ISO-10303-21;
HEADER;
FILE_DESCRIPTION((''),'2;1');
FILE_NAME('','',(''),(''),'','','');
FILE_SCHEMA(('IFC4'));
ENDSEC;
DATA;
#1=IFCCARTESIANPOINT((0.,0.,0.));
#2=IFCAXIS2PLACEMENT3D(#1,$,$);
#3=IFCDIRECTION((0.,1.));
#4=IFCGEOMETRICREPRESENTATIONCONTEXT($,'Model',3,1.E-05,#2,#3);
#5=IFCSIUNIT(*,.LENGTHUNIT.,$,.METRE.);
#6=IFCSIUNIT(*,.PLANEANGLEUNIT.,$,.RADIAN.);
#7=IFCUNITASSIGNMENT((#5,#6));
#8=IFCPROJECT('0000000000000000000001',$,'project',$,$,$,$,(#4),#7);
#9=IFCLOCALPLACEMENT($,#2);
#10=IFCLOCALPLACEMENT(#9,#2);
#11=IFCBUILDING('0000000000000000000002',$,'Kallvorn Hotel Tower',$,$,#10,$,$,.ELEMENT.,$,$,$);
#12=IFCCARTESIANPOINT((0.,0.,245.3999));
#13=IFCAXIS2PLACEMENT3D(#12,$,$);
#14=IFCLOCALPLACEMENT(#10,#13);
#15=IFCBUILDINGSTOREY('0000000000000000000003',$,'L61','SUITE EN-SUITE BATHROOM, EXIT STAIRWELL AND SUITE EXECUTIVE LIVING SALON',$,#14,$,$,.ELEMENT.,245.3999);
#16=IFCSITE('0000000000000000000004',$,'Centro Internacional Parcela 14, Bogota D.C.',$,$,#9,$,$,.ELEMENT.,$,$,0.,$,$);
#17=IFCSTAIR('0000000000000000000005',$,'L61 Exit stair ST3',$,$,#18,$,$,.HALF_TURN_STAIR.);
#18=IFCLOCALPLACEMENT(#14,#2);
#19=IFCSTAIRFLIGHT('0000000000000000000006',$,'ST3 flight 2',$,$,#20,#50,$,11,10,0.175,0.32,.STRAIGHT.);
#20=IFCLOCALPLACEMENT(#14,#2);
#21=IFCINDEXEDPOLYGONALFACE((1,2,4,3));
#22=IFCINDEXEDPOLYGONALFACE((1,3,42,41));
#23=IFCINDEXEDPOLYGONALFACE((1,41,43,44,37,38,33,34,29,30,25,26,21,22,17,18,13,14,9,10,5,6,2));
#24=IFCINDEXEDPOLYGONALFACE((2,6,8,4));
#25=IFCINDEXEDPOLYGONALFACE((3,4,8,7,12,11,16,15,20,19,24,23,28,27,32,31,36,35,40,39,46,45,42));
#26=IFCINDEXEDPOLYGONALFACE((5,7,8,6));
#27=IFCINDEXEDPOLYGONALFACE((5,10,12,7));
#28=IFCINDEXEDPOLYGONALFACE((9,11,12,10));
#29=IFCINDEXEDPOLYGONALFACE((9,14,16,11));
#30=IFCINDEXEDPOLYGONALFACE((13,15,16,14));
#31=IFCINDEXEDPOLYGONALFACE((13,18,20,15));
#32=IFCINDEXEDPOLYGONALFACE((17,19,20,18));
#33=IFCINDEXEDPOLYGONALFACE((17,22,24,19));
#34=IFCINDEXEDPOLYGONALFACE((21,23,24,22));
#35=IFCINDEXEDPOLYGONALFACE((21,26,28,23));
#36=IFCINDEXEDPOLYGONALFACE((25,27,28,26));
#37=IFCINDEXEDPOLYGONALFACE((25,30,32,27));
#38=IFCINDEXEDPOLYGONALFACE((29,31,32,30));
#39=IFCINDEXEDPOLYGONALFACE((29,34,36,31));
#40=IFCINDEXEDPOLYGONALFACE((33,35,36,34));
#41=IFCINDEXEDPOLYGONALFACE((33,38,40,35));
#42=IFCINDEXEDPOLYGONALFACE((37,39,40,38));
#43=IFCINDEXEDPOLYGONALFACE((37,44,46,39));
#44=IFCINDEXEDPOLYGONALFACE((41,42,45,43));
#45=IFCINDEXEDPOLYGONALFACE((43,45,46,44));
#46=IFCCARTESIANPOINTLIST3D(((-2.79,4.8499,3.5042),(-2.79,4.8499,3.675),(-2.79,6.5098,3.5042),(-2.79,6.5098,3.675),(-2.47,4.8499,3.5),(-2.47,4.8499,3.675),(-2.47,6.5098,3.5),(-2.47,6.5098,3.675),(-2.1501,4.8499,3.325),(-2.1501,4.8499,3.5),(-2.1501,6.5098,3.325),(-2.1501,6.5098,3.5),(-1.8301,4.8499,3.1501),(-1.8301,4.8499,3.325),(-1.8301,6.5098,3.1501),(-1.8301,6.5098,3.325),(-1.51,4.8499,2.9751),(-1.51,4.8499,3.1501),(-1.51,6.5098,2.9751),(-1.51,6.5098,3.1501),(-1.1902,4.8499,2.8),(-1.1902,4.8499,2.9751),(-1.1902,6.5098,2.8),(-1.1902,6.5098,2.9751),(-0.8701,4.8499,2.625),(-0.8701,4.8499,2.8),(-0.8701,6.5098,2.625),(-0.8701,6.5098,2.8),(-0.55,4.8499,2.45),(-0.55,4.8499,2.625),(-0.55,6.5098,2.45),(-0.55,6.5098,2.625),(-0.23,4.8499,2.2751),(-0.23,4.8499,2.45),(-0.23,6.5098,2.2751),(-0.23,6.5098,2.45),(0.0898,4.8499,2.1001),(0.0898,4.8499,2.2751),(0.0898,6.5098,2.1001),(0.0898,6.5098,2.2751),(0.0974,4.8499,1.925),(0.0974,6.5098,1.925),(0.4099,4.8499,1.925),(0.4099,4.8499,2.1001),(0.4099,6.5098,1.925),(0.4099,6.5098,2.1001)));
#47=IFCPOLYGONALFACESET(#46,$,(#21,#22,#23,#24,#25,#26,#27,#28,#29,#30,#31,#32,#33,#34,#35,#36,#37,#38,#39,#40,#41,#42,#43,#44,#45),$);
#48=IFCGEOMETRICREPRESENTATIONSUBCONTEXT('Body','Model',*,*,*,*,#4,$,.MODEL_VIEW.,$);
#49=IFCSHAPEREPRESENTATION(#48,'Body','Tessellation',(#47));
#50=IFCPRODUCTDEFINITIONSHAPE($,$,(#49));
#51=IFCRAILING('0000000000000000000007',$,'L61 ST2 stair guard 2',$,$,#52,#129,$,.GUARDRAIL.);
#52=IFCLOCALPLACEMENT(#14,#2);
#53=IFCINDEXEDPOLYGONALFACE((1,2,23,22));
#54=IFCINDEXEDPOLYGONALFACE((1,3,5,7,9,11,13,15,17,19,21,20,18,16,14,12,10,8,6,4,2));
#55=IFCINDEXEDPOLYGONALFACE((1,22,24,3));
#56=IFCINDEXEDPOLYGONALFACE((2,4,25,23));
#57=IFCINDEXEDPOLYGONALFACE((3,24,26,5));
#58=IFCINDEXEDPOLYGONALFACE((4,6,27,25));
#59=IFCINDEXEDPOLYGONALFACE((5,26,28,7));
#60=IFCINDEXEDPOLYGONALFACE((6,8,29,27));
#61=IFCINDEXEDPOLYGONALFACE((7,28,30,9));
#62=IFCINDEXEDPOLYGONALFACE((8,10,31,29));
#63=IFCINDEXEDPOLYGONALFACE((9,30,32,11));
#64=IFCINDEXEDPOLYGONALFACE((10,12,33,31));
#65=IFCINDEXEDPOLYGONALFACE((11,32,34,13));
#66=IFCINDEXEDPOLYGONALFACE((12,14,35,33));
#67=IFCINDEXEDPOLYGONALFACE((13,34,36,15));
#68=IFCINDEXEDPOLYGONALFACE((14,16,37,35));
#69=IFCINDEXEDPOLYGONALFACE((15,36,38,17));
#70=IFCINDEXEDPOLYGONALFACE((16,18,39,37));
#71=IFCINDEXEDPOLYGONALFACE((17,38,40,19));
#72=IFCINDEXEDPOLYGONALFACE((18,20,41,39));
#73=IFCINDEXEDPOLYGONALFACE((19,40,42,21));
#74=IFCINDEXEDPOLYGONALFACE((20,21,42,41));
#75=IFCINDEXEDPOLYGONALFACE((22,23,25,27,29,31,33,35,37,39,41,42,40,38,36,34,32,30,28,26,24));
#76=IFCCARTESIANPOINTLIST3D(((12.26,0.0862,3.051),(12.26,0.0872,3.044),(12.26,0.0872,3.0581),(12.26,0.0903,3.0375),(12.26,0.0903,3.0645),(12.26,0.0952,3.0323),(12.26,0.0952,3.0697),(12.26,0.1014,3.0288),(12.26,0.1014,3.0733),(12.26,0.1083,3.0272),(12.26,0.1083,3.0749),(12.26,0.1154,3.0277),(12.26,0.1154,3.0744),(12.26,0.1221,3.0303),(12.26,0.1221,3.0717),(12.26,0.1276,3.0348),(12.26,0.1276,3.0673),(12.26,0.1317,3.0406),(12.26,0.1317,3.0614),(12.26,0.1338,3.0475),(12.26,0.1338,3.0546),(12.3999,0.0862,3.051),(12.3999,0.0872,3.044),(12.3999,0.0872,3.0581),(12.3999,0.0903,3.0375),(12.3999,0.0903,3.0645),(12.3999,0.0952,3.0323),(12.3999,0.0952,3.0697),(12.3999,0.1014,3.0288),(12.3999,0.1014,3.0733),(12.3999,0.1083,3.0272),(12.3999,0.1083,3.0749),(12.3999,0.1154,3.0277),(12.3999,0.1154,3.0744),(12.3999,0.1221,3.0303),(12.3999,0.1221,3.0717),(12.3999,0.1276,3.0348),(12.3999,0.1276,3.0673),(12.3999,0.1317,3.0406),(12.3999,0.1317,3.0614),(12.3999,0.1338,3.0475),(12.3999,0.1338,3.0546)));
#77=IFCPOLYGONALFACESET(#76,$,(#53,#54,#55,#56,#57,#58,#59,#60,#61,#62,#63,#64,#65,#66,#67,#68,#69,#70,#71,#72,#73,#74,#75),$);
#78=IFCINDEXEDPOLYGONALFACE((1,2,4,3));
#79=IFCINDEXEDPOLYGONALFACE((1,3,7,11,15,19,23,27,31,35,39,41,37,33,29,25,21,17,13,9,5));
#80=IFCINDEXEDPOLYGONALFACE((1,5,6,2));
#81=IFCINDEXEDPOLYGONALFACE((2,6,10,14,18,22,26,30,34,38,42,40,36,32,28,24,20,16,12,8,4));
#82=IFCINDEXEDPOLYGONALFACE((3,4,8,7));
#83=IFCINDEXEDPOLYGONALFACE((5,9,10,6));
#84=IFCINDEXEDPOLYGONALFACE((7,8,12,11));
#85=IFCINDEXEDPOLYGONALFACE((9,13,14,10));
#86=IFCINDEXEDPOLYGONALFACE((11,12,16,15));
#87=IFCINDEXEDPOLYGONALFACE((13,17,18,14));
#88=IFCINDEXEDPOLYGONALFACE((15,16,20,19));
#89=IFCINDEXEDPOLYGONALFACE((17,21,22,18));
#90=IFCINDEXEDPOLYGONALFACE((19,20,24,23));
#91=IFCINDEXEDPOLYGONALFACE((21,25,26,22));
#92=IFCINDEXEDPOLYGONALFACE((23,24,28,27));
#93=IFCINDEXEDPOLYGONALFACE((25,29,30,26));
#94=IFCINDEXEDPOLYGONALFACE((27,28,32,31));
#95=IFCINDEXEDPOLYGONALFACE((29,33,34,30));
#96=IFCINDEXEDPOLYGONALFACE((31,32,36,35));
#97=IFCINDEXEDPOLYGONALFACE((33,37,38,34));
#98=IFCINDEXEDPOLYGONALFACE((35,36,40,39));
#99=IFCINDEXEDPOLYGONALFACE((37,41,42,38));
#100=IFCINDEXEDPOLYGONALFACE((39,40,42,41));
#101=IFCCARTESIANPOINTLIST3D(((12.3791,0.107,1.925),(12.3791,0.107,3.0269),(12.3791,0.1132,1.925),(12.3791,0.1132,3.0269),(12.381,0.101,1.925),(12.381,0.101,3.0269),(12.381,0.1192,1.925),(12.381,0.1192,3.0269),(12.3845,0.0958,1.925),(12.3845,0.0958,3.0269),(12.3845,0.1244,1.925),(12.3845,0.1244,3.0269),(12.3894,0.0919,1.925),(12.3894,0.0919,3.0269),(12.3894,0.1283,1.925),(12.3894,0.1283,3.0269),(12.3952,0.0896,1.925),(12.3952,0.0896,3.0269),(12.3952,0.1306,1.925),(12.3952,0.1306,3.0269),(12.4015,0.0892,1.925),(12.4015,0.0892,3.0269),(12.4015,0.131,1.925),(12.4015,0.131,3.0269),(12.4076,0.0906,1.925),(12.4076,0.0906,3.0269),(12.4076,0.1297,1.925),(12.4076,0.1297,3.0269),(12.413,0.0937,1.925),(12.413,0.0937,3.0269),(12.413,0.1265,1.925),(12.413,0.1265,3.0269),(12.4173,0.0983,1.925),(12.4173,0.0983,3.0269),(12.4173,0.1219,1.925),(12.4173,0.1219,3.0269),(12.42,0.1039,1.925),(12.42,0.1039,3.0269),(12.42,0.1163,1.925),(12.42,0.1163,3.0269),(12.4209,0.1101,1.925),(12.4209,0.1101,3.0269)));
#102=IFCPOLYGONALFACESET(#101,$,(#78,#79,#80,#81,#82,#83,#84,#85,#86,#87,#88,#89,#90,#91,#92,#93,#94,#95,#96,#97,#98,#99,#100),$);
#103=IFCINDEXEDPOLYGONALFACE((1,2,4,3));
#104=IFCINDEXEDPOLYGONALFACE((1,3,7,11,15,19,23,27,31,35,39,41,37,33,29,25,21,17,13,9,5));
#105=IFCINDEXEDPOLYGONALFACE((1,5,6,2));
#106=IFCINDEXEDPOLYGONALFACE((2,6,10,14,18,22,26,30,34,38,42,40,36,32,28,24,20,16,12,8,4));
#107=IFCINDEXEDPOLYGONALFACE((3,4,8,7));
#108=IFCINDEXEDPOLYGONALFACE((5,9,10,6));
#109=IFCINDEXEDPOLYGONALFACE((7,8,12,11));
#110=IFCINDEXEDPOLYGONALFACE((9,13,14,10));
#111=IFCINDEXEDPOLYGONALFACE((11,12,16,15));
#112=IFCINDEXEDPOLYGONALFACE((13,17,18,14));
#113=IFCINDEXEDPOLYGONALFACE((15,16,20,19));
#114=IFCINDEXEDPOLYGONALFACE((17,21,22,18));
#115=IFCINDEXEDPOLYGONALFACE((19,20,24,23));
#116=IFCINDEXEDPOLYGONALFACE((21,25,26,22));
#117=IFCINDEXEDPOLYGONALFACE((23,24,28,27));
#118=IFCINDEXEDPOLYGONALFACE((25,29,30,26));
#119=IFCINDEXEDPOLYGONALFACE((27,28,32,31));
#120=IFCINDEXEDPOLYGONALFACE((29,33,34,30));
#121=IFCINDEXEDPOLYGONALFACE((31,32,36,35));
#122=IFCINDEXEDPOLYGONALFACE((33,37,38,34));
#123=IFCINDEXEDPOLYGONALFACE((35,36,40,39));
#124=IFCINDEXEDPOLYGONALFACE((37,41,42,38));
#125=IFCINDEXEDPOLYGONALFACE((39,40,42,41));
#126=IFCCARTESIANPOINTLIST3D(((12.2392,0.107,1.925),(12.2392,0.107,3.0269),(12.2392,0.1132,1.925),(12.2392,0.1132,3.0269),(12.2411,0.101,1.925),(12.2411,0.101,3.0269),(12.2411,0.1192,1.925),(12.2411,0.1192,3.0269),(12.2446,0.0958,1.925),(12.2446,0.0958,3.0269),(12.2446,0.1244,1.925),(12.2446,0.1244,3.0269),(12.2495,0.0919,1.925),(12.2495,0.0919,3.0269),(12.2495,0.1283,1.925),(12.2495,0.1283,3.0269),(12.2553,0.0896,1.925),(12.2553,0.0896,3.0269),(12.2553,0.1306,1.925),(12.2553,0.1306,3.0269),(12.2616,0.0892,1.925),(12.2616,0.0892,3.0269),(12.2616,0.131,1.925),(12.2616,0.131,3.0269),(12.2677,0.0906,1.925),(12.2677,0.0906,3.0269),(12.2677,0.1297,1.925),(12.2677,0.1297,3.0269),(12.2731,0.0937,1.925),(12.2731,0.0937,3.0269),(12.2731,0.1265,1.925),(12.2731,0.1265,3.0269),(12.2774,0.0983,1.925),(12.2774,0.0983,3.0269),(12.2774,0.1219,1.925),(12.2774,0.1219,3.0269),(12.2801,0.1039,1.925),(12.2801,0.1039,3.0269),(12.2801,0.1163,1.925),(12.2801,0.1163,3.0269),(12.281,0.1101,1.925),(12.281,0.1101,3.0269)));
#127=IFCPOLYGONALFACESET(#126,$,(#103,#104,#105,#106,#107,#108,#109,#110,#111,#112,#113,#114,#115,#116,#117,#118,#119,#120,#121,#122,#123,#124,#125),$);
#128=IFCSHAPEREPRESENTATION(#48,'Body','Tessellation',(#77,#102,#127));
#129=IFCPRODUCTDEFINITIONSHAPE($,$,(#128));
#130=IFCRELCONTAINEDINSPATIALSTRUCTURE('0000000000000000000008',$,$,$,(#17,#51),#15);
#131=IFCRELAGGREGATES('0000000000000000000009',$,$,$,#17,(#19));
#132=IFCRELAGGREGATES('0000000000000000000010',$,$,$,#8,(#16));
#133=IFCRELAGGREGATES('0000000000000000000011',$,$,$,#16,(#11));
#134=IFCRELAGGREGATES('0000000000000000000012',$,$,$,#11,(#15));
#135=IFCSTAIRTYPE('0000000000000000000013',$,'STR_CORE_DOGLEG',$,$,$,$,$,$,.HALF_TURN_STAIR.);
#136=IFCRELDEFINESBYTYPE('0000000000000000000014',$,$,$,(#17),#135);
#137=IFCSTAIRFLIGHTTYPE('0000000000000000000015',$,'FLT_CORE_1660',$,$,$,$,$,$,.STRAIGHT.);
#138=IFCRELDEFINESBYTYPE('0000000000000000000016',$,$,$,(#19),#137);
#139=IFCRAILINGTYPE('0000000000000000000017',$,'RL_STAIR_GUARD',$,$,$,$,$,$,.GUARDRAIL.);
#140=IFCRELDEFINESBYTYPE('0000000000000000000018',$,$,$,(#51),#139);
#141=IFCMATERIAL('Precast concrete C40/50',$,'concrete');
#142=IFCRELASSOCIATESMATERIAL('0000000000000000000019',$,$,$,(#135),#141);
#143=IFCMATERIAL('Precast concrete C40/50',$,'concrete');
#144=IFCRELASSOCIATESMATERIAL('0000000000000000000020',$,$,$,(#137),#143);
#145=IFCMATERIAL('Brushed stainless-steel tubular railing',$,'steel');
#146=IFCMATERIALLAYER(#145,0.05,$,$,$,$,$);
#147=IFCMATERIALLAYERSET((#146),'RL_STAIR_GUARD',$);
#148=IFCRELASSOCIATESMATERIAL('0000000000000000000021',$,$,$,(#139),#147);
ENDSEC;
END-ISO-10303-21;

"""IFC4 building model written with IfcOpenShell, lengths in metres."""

from ifc_helpers import new_model, si_unit, direction, frame, origin, origin_2d, place, context, subcontext, project, spatial, polyline, circle, outline, extrude, material, layer, layer_set, type_object, element, aggregate, save


model = new_model("IFC4")

# Units and contexts
model_context = context("Model", 3, precision=1e-05, world=origin(), true_north=direction((0.0, 1.0)))
body_context = subcontext(model_context, "Body", "Model", "MODEL_VIEW")
ifc_project = project(units=[si_unit("LENGTHUNIT", "METRE"), si_unit("PLANEANGLEUNIT", "RADIAN")], contexts=[model_context])

# Site, building, storey
site_placement = place(None, origin())
site = spatial("IfcSite", under=ifc_project, at=site_placement, Name="Centro Internacional Parcela 14, Bogota D.C.", CompositionType="ELEMENT", RefElevation=0.0)
building_placement = place(site_placement, origin())
building = spatial("IfcBuilding", under=site, at=building_placement, Name="Kallvorn Hotel Tower", CompositionType="ELEMENT")
storey_placement = place(building_placement, frame((0.0, 0.0, 245.3999)))
storey = spatial("IfcBuildingStorey", under=building, at=storey_placement, Name="L61", Description="SUITE EN-SUITE BATHROOM, EXIT STAIRWELL AND SUITE EXECUTIVE LIVING SALON", CompositionType="ELEMENT", Elevation=245.3999)

# Stair, stair flight
ifc_material_1 = material(Name="Precast concrete C40/50", Category="concrete")
stair_type = type_object("IfcStairType", Name="STR_CORE_DOGLEG", PredefinedType="HALF_TURN_STAIR", material=ifc_material_1)
stair_placement = place(storey_placement, origin())
stair = element("IfcStair", 1, at=stair_placement, inside=storey, type_object=stair_type, Name="L61 Exit stair ST3", PredefinedType="HALF_TURN_STAIR")
ifc_material_2 = material(Name="Precast concrete C40/50", Category="concrete")
stair_flight_type = type_object("IfcStairFlightType", Name="FLT_CORE_1660", PredefinedType="STRAIGHT", material=ifc_material_2)
stair_flight_1_placement = place(storey_placement, frame((0.4099, 5.6799, 1.925), z_axis=(0.0, 0.0, 1.0), x_axis=(-1.0, 0.0, 0.0)))
stair_flight_1 = element("IfcStairFlight", 2, at=stair_flight_1_placement, type_object=stair_flight_type, Name="ST3 flight 2", NumberOfRisers=11, NumberOfTreads=10, PredefinedType="STRAIGHT", RiserHeight=0.175, TreadLength=0.32, context=body_context, shape_type="SweptSolid", body=[
    extrude(outline(polyline([(0.0, 0.0), (0.0, 0.175), (0.3201, 0.175), (0.3201, 0.3501), (0.6399, 0.3501), (0.6399, 0.5249), (0.96, 0.5249), (0.96, 0.7), (1.28, 0.7), (1.28, 0.875), (1.6001, 0.875), (1.6001, 1.05), (1.9199, 1.05), (1.9199, 1.2251), (2.24, 1.2251), (2.24, 1.3999), (2.5601, 1.3999), (2.5601, 1.575), (2.8799, 1.575), (2.8799, 1.75), (3.2, 1.75), (3.2, 1.925), (3.2, 1.5791), (0.3125, 0.0), (0.0, 0.0)])), frame((0.0, 0.8301, 0.0), z_axis=(0.0, -1.0, 0.0), x_axis=(1.0, 0.0, 0.0)), (0.0, 0.0, 1.0), 1.6599),
])
aggregate(stair, [stair_flight_1])

# Railing
ifc_material_3 = material(Name="Brushed stainless-steel tubular railing", Category="steel")
ifc_layer_1 = layer(ifc_material_3, 0.05)
ifc_layer_set_1 = layer_set([ifc_layer_1], Name="RL_STAIR_GUARD")
railing_type_1 = type_object("IfcRailingType", Name="RL_STAIR_GUARD", PredefinedType="GUARDRAIL", material=ifc_layer_set_1)
railing_1_placement = place(storey_placement, frame((12.3999, 0.1101, 1.925)))
element("IfcRailing", 3, at=railing_1_placement, inside=storey, type_object=railing_type_1, Name="L61 ST2 stair guard 2", PredefinedType="GUARDRAIL", context=body_context, shape_type="SweptSolid", body=[
    extrude(circle(Radius=0.0239, at=origin_2d()), frame((0.0, 0.0, 1.126), z_axis=(-1.0, 0.0, 0.0), x_axis=(0.0, -1.0, 0.0)), (0.0, 0.0, 1.0), 0.1399),
    extrude(circle(Radius=0.021, at=origin_2d()), origin(), (0.0, 0.0, 1.0), 1.1018),
    extrude(circle(Radius=0.021, at=origin_2d()), frame((-0.1399, 0.0, 0.0)), (0.0, 0.0, 1.0), 1.1018),
])

save(model, "model.ifc")
